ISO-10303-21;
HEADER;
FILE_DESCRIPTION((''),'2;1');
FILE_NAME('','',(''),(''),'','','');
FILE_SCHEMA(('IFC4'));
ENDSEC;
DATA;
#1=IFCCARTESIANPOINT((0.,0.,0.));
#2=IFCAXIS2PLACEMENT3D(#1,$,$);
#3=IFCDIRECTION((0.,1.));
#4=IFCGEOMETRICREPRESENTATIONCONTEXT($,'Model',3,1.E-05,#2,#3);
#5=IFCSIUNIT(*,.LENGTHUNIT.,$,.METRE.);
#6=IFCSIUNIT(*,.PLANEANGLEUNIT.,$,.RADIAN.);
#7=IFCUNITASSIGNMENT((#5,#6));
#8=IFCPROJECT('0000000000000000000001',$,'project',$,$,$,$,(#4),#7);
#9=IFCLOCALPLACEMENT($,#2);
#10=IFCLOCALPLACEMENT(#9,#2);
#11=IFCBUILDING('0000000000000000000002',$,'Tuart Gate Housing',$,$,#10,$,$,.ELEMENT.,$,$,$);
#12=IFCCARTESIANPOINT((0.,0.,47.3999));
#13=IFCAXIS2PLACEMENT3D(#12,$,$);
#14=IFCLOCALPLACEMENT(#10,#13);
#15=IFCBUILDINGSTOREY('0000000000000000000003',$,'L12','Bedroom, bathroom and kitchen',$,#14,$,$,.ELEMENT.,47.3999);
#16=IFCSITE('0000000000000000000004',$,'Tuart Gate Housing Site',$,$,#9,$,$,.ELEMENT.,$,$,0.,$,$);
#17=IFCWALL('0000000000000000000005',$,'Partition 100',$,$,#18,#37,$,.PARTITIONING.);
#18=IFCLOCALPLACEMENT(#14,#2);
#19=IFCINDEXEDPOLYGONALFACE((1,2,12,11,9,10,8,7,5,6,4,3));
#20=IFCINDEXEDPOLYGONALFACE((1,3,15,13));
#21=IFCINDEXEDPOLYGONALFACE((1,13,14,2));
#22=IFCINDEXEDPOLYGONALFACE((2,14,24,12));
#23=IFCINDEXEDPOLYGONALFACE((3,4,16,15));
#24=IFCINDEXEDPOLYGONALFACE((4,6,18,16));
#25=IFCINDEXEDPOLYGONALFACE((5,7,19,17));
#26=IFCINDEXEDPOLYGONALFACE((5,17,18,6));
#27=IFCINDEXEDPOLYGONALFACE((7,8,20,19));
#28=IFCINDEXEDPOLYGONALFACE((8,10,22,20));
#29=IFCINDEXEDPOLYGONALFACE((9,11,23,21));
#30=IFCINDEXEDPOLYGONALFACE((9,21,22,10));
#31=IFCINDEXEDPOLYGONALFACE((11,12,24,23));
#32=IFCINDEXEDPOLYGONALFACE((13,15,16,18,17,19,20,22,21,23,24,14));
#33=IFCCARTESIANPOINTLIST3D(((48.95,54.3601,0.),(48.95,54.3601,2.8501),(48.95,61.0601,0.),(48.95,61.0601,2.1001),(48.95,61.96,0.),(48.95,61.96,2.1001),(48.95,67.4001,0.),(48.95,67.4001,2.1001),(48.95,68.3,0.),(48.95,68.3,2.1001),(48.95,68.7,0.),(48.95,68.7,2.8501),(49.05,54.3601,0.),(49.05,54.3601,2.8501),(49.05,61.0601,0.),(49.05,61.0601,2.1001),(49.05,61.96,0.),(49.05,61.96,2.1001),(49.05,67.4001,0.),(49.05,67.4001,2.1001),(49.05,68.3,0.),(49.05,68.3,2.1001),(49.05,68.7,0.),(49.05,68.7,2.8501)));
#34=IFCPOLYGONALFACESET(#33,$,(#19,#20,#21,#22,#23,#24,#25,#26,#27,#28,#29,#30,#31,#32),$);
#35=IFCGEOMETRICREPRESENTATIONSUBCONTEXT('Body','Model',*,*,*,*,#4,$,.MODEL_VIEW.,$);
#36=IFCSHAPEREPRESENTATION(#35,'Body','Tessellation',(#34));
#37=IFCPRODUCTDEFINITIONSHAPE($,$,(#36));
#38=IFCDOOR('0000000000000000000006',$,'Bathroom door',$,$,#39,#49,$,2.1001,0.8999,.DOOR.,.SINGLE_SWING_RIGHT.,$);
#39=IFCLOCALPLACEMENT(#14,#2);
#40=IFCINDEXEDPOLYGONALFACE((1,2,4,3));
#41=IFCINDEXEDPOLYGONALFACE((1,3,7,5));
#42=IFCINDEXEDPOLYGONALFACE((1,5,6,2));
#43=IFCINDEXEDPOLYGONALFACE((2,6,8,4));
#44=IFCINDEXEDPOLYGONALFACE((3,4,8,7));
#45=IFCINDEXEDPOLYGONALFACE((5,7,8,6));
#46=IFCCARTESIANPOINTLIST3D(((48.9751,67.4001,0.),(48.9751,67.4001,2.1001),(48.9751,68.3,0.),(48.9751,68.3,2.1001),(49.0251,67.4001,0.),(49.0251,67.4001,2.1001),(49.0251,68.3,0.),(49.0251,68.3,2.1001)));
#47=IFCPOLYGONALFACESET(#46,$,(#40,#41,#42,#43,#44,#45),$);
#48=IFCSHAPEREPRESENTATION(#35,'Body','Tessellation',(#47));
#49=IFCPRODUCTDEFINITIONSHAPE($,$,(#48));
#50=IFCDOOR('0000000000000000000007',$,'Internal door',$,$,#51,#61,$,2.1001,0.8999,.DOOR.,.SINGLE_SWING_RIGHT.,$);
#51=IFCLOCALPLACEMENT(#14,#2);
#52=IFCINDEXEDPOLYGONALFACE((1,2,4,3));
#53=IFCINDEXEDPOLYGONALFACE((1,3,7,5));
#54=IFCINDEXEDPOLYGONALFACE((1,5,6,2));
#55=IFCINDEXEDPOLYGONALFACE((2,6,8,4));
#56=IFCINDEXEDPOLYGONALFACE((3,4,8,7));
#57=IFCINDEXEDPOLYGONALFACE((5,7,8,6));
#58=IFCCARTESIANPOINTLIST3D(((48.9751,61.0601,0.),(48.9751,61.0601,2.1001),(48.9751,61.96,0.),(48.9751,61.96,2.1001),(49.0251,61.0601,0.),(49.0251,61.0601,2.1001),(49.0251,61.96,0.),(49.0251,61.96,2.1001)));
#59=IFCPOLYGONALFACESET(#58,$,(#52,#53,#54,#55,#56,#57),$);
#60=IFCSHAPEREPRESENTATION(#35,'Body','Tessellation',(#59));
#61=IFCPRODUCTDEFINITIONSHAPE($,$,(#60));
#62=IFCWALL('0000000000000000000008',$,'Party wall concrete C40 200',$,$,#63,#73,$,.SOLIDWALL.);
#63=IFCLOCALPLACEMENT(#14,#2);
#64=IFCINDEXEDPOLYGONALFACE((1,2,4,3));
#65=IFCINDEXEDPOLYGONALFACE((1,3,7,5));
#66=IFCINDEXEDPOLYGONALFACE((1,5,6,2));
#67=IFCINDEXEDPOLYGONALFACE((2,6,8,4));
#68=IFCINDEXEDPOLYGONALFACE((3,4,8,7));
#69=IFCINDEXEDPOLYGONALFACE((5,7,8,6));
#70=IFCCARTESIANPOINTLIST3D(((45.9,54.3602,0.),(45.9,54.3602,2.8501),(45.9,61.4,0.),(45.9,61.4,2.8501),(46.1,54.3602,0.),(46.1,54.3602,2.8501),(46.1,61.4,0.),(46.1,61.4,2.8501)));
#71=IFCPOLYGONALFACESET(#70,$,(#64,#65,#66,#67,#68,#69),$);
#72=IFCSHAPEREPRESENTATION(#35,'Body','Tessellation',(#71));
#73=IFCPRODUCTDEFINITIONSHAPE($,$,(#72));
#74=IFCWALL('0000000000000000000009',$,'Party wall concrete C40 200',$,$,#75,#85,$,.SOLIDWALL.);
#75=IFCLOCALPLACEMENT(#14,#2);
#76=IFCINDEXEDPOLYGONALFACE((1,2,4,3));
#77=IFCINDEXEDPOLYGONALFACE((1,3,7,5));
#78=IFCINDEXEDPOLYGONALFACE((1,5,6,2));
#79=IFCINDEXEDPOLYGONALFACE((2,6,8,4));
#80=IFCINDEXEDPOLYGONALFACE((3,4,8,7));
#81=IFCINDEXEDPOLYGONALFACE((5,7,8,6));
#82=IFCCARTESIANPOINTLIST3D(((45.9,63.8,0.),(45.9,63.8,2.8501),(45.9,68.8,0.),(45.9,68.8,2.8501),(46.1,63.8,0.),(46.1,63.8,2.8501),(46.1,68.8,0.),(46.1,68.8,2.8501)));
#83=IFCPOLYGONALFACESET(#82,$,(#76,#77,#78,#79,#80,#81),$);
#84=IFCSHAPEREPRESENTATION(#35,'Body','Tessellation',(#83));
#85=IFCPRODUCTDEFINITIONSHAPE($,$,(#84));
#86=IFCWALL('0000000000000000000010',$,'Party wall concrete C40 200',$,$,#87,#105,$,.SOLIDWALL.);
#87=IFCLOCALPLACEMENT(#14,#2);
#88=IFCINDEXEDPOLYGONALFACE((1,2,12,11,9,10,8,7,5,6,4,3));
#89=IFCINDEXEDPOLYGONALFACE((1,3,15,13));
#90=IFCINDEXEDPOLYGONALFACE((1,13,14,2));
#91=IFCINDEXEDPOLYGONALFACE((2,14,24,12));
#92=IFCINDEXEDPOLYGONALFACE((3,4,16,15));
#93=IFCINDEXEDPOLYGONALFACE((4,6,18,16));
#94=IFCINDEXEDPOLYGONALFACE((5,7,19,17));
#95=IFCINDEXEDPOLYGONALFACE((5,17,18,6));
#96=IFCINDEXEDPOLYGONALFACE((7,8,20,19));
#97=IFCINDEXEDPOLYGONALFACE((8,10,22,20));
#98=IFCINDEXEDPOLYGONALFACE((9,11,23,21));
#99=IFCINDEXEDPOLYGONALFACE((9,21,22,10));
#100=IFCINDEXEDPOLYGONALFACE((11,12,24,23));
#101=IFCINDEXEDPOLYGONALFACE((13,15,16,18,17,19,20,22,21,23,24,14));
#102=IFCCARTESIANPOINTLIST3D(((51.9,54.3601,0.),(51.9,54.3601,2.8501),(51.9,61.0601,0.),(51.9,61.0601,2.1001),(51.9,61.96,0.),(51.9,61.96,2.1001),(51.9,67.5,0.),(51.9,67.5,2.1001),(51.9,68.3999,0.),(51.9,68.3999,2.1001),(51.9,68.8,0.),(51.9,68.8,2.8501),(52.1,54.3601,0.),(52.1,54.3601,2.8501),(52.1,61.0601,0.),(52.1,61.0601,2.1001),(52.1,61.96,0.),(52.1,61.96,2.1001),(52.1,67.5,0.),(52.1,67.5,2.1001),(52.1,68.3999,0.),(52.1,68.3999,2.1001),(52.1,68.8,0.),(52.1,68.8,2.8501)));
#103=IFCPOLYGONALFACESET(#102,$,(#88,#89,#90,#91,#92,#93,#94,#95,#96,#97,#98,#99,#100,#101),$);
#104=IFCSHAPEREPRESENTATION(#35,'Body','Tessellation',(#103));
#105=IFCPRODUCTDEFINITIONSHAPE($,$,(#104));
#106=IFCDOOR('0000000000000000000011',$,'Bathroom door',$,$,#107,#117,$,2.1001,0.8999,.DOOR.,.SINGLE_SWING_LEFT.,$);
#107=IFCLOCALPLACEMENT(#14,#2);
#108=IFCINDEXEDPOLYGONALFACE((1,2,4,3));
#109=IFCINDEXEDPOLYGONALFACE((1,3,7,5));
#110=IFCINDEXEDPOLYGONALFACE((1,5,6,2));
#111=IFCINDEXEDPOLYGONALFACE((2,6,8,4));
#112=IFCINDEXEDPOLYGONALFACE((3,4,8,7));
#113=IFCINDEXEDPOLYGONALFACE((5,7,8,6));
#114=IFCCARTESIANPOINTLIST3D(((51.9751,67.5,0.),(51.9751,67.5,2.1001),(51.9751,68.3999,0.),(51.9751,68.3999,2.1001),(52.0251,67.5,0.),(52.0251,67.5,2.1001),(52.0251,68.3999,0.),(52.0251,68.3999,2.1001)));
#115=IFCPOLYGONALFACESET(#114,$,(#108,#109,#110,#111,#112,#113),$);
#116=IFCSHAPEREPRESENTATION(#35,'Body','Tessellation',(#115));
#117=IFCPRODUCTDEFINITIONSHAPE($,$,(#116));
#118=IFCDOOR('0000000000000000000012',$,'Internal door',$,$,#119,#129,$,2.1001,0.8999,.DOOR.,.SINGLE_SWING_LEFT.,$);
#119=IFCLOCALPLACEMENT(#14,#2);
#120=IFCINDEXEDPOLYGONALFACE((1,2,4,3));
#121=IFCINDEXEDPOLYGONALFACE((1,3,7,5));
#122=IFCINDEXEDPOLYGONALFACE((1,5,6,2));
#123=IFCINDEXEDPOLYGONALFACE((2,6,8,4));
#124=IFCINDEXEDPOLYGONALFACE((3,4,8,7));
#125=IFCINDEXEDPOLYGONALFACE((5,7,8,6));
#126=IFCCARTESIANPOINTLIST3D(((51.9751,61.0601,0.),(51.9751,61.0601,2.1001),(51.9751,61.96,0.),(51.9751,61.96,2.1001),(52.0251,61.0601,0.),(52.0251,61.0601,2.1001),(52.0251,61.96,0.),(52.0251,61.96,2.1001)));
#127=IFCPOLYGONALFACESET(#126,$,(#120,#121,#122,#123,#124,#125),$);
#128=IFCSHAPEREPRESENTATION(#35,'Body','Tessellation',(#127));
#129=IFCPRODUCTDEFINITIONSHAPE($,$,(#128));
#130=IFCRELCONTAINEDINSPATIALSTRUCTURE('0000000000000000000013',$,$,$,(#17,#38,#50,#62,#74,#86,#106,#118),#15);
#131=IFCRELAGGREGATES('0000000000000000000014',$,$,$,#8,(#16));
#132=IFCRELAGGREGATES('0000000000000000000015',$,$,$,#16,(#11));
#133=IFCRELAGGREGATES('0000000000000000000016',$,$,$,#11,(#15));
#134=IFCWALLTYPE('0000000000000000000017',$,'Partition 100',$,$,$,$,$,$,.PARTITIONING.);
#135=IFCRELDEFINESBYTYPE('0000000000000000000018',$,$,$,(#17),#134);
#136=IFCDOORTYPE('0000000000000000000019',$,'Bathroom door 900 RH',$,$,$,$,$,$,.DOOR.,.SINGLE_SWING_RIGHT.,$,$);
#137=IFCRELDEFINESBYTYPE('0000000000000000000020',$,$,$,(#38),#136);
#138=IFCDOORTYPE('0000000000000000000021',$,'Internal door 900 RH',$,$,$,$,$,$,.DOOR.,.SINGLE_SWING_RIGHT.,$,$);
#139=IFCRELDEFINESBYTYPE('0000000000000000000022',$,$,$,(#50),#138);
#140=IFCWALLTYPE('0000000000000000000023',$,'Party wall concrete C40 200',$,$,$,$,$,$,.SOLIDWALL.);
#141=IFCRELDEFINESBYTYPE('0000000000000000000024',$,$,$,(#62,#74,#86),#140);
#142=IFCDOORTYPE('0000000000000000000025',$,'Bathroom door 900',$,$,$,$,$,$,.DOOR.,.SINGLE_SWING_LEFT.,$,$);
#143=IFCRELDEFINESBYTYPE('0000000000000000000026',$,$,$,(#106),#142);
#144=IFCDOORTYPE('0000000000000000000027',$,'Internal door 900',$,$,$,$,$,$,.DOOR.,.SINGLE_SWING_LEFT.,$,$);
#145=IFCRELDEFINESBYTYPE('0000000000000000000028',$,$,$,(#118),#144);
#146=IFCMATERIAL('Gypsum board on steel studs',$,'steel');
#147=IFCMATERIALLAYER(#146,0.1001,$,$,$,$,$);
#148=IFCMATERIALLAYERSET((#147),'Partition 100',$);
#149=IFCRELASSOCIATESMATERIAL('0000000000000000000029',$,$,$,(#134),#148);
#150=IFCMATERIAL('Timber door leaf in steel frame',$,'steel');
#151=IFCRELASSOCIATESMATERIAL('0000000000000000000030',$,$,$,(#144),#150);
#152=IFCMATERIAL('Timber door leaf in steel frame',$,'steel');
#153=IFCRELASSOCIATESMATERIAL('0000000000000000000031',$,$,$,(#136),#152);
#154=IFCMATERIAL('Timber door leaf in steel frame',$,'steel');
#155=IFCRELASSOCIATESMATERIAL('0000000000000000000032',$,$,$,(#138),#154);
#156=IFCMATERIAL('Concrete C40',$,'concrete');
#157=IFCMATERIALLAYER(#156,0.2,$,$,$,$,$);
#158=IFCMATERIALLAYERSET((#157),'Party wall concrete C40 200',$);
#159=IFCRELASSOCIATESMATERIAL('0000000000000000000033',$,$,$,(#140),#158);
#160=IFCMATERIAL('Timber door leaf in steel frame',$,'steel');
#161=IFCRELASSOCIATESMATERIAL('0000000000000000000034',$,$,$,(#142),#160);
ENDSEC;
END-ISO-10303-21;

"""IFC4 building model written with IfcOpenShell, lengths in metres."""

from ifc_helpers import new_model, si_unit, direction, frame, frame_2d, origin, place, context, subcontext, project, spatial, rectangle, extrude, material, layer, layer_set, type_object, element, fill, save


model = new_model("IFC4")

# Units and contexts
model_context = context("Model", 3, precision=1e-05, world=origin(), true_north=direction((0.0, 1.0)))
body_context = subcontext(model_context, "Body", "Model", "MODEL_VIEW")
ifc_project = project(units=[si_unit("LENGTHUNIT", "METRE"), si_unit("PLANEANGLEUNIT", "RADIAN")], contexts=[model_context])

# Site, building, storey
site_placement = place(None, origin())
site = spatial("IfcSite", under=ifc_project, at=site_placement, Name="Tuart Gate Housing Site", CompositionType="ELEMENT", RefElevation=0.0)
building_placement = place(site_placement, origin())
building = spatial("IfcBuilding", under=site, at=building_placement, Name="Tuart Gate Housing", CompositionType="ELEMENT")
storey_placement = place(building_placement, frame((0.0, 0.0, 47.3999)))
storey = spatial("IfcBuildingStorey", under=building, at=storey_placement, Name="L12", Description="Bedroom, bathroom and kitchen", CompositionType="ELEMENT", Elevation=47.3999)

# Shared definitions
ifc_material_1 = material(Name="Gypsum board on steel studs", Category="steel")
ifc_layer_1 = layer(ifc_material_1, 0.1001)
ifc_layer_set_1 = layer_set([ifc_layer_1], Name="Partition 100")
wall_type_1 = type_object("IfcWallType", Name="Partition 100", PredefinedType="PARTITIONING", material=ifc_layer_set_1)
ifc_material_2 = material(Name="Timber door leaf in steel frame", Category="steel")
door_type_1 = type_object("IfcDoorType", Name="Internal door 900", OperationType="SINGLE_SWING_LEFT", PredefinedType="DOOR", material=ifc_material_2)

# Wall, openings, doors
wall_1_placement = place(storey_placement, frame((49.0, 54.3601, 0.0), z_axis=(0.0, 0.0, 1.0), x_axis=(0.0, 1.0, 0.0)))
wall_1 = element("IfcWall", 1, at=wall_1_placement, inside=storey, type_object=wall_type_1, Name="Partition 100", PredefinedType="PARTITIONING", context=body_context, shape_type="SweptSolid", body=[
    extrude(rectangle(XDim=14.3398, YDim=0.1001, at=frame_2d((7.1699, 0.0))), origin(), (0.0, 0.0, 1.0), 2.8501),
])
opening_1_placement = place(wall_1_placement, frame((6.7, 0.0, 0.0)))
opening_1 = element("IfcOpeningElement", 2, at=opening_1_placement, cuts=wall_1, PredefinedType="OPENING", context=body_context, shape_type="SweptSolid", body=[
    extrude(rectangle(XDim=0.8999, YDim=2.1001, at=frame_2d((0.45, 1.05))), frame((0.0, 0.0601, 0.0), z_axis=(0.0, -1.0, 0.0), x_axis=(1.0, 0.0, 0.0)), (0.0, 0.0, 1.0), 0.1201),
])
opening_2_placement = place(wall_1_placement, frame((13.04, 0.0, 0.0)))
opening_2 = element("IfcOpeningElement", 3, at=opening_2_placement, cuts=wall_1, PredefinedType="OPENING", context=body_context, shape_type="SweptSolid", body=[
    extrude(rectangle(XDim=0.8999, YDim=2.1001, at=frame_2d((0.45, 1.05))), frame((0.0, 0.0601, 0.0), z_axis=(0.0, -1.0, 0.0), x_axis=(1.0, 0.0, 0.0)), (0.0, 0.0, 1.0), 0.1201),
])
ifc_material_3 = material(Name="Timber door leaf in steel frame", Category="steel")
door_type_2 = type_object("IfcDoorType", Name="Bathroom door 900 RH", OperationType="SINGLE_SWING_RIGHT", PredefinedType="DOOR", material=ifc_material_3)
door_1_placement = place(opening_2_placement, origin())
door_1 = element("IfcDoor", 4, at=door_1_placement, inside=storey, type_object=door_type_2, Name="Bathroom door", OperationType="SINGLE_SWING_RIGHT", OverallHeight=2.1001, OverallWidth=0.8999, PredefinedType="DOOR", context=body_context, shape_type="SweptSolid", body=[
    extrude(rectangle(XDim=0.8999, YDim=2.1001, at=frame_2d((0.45, 1.05))), frame((0.0, 0.0249, 0.0), z_axis=(0.0, -1.0, 0.0), x_axis=(1.0, 0.0, 0.0)), (0.0, 0.0, 1.0), 0.05),
])
fill(opening_2, door_1)
ifc_material_4 = material(Name="Timber door leaf in steel frame", Category="steel")
door_type_3 = type_object("IfcDoorType", Name="Internal door 900 RH", OperationType="SINGLE_SWING_RIGHT", PredefinedType="DOOR", material=ifc_material_4)
door_2_placement = place(opening_1_placement, origin())
door_2 = element("IfcDoor", 5, at=door_2_placement, inside=storey, type_object=door_type_3, Name="Internal door", OperationType="SINGLE_SWING_RIGHT", OverallHeight=2.1001, OverallWidth=0.8999, PredefinedType="DOOR", context=body_context, shape_type="SweptSolid", body=[
    extrude(rectangle(XDim=0.8999, YDim=2.1001, at=frame_2d((0.45, 1.05))), frame((0.0, 0.0249, 0.0), z_axis=(0.0, -1.0, 0.0), x_axis=(1.0, 0.0, 0.0)), (0.0, 0.0, 1.0), 0.05),
])
fill(opening_1, door_2)

# Walls
ifc_material_5 = material(Name="Concrete C40", Category="concrete")
ifc_layer_2 = layer(ifc_material_5, 0.2)
ifc_layer_set_2 = layer_set([ifc_layer_2], Name="Party wall concrete C40 200")
wall_type_2 = type_object("IfcWallType", Name="Party wall concrete C40 200", PredefinedType="SOLIDWALL", material=ifc_layer_set_2)
wall_2_placement = place(storey_placement, frame((46.0, 54.3601, 0.0), z_axis=(0.0, 0.0, 1.0), x_axis=(0.0, 1.0, 0.0)))
element("IfcWall", 6, at=wall_2_placement, inside=storey, type_object=wall_type_2, Name="Party wall concrete C40 200", PredefinedType="SOLIDWALL", context=body_context, shape_type="SweptSolid", body=[
    extrude(rectangle(XDim=7.0398, YDim=0.2, at=frame_2d((3.52, 0.0))), origin(), (0.0, 0.0, 1.0), 2.8501),
])
wall_3_placement = place(storey_placement, frame((46.0, 63.8, 0.0), z_axis=(0.0, 0.0, 1.0), x_axis=(0.0, 1.0, 0.0)))
element("IfcWall", 7, at=wall_3_placement, inside=storey, type_object=wall_type_2, Name="Party wall concrete C40 200", PredefinedType="SOLIDWALL", context=body_context, shape_type="SweptSolid", body=[
    extrude(rectangle(XDim=5.0, YDim=0.2, at=frame_2d((2.5, 0.0))), origin(), (0.0, 0.0, 1.0), 2.8501),
])

# Wall, openings, doors
wall_4_placement = place(storey_placement, frame((52.0, 54.3601, 0.0), z_axis=(0.0, 0.0, 1.0), x_axis=(0.0, 1.0, 0.0)))
wall_4 = element("IfcWall", 8, at=wall_4_placement, inside=storey, type_object=wall_type_2, Name="Party wall concrete C40 200", PredefinedType="SOLIDWALL", context=body_context, shape_type="SweptSolid", body=[
    extrude(rectangle(XDim=14.4399, YDim=0.2, at=frame_2d((7.22, 0.0))), origin(), (0.0, 0.0, 1.0), 2.8501),
])
opening_3_placement = place(wall_4_placement, frame((6.7, 0.0, 0.0)))
opening_3 = element("IfcOpeningElement", 9, at=opening_3_placement, cuts=wall_4, PredefinedType="OPENING", context=body_context, shape_type="SweptSolid", body=[
    extrude(rectangle(XDim=0.8999, YDim=2.1001, at=frame_2d((0.45, 1.05))), frame((0.0, 0.1099, 0.0), z_axis=(0.0, -1.0, 0.0), x_axis=(1.0, 0.0, 0.0)), (0.0, 0.0, 1.0), 0.22),
])
opening_4_placement = place(wall_4_placement, frame((13.1399, 0.0, 0.0)))
opening_4 = element("IfcOpeningElement", 10, at=opening_4_placement, cuts=wall_4, PredefinedType="OPENING", context=body_context, shape_type="SweptSolid", body=[
    extrude(rectangle(XDim=0.8999, YDim=2.1001, at=frame_2d((0.45, 1.05))), frame((0.0, 0.1099, 0.0), z_axis=(0.0, -1.0, 0.0), x_axis=(1.0, 0.0, 0.0)), (0.0, 0.0, 1.0), 0.22),
])
ifc_material_6 = material(Name="Timber door leaf in steel frame", Category="steel")
door_type_4 = type_object("IfcDoorType", Name="Bathroom door 900", OperationType="SINGLE_SWING_LEFT", PredefinedType="DOOR", material=ifc_material_6)
door_3_placement = place(opening_4_placement, frame((0.8999, 0.0, 0.0), z_axis=(0.0, 0.0, 1.0), x_axis=(-1.0, 0.0, 0.0)))
door_3 = element("IfcDoor", 11, at=door_3_placement, inside=storey, type_object=door_type_4, Name="Bathroom door", OperationType="SINGLE_SWING_LEFT", OverallHeight=2.1001, OverallWidth=0.8999, PredefinedType="DOOR", context=body_context, shape_type="SweptSolid", body=[
    extrude(rectangle(XDim=0.8999, YDim=2.1001, at=frame_2d((0.45, 1.05))), frame((0.0, 0.0251, 0.0), z_axis=(0.0, -1.0, 0.0), x_axis=(1.0, 0.0, 0.0)), (0.0, 0.0, 1.0), 0.05),
])
fill(opening_4, door_3)
door_4_placement = place(opening_3_placement, frame((0.8999, 0.0, 0.0), z_axis=(0.0, 0.0, 1.0), x_axis=(-1.0, 0.0, 0.0)))
door_4 = element("IfcDoor", 12, at=door_4_placement, inside=storey, type_object=door_type_1, Name="Internal door", OperationType="SINGLE_SWING_LEFT", OverallHeight=2.1001, OverallWidth=0.8999, PredefinedType="DOOR", context=body_context, shape_type="SweptSolid", body=[
    extrude(rectangle(XDim=0.8999, YDim=2.1001, at=frame_2d((0.45, 1.05))), frame((0.0, 0.0251, 0.0), z_axis=(0.0, -1.0, 0.0), x_axis=(1.0, 0.0, 0.0)), (0.0, 0.0, 1.0), 0.05),
])
fill(opening_3, door_4)

save(model, "model.ifc")
